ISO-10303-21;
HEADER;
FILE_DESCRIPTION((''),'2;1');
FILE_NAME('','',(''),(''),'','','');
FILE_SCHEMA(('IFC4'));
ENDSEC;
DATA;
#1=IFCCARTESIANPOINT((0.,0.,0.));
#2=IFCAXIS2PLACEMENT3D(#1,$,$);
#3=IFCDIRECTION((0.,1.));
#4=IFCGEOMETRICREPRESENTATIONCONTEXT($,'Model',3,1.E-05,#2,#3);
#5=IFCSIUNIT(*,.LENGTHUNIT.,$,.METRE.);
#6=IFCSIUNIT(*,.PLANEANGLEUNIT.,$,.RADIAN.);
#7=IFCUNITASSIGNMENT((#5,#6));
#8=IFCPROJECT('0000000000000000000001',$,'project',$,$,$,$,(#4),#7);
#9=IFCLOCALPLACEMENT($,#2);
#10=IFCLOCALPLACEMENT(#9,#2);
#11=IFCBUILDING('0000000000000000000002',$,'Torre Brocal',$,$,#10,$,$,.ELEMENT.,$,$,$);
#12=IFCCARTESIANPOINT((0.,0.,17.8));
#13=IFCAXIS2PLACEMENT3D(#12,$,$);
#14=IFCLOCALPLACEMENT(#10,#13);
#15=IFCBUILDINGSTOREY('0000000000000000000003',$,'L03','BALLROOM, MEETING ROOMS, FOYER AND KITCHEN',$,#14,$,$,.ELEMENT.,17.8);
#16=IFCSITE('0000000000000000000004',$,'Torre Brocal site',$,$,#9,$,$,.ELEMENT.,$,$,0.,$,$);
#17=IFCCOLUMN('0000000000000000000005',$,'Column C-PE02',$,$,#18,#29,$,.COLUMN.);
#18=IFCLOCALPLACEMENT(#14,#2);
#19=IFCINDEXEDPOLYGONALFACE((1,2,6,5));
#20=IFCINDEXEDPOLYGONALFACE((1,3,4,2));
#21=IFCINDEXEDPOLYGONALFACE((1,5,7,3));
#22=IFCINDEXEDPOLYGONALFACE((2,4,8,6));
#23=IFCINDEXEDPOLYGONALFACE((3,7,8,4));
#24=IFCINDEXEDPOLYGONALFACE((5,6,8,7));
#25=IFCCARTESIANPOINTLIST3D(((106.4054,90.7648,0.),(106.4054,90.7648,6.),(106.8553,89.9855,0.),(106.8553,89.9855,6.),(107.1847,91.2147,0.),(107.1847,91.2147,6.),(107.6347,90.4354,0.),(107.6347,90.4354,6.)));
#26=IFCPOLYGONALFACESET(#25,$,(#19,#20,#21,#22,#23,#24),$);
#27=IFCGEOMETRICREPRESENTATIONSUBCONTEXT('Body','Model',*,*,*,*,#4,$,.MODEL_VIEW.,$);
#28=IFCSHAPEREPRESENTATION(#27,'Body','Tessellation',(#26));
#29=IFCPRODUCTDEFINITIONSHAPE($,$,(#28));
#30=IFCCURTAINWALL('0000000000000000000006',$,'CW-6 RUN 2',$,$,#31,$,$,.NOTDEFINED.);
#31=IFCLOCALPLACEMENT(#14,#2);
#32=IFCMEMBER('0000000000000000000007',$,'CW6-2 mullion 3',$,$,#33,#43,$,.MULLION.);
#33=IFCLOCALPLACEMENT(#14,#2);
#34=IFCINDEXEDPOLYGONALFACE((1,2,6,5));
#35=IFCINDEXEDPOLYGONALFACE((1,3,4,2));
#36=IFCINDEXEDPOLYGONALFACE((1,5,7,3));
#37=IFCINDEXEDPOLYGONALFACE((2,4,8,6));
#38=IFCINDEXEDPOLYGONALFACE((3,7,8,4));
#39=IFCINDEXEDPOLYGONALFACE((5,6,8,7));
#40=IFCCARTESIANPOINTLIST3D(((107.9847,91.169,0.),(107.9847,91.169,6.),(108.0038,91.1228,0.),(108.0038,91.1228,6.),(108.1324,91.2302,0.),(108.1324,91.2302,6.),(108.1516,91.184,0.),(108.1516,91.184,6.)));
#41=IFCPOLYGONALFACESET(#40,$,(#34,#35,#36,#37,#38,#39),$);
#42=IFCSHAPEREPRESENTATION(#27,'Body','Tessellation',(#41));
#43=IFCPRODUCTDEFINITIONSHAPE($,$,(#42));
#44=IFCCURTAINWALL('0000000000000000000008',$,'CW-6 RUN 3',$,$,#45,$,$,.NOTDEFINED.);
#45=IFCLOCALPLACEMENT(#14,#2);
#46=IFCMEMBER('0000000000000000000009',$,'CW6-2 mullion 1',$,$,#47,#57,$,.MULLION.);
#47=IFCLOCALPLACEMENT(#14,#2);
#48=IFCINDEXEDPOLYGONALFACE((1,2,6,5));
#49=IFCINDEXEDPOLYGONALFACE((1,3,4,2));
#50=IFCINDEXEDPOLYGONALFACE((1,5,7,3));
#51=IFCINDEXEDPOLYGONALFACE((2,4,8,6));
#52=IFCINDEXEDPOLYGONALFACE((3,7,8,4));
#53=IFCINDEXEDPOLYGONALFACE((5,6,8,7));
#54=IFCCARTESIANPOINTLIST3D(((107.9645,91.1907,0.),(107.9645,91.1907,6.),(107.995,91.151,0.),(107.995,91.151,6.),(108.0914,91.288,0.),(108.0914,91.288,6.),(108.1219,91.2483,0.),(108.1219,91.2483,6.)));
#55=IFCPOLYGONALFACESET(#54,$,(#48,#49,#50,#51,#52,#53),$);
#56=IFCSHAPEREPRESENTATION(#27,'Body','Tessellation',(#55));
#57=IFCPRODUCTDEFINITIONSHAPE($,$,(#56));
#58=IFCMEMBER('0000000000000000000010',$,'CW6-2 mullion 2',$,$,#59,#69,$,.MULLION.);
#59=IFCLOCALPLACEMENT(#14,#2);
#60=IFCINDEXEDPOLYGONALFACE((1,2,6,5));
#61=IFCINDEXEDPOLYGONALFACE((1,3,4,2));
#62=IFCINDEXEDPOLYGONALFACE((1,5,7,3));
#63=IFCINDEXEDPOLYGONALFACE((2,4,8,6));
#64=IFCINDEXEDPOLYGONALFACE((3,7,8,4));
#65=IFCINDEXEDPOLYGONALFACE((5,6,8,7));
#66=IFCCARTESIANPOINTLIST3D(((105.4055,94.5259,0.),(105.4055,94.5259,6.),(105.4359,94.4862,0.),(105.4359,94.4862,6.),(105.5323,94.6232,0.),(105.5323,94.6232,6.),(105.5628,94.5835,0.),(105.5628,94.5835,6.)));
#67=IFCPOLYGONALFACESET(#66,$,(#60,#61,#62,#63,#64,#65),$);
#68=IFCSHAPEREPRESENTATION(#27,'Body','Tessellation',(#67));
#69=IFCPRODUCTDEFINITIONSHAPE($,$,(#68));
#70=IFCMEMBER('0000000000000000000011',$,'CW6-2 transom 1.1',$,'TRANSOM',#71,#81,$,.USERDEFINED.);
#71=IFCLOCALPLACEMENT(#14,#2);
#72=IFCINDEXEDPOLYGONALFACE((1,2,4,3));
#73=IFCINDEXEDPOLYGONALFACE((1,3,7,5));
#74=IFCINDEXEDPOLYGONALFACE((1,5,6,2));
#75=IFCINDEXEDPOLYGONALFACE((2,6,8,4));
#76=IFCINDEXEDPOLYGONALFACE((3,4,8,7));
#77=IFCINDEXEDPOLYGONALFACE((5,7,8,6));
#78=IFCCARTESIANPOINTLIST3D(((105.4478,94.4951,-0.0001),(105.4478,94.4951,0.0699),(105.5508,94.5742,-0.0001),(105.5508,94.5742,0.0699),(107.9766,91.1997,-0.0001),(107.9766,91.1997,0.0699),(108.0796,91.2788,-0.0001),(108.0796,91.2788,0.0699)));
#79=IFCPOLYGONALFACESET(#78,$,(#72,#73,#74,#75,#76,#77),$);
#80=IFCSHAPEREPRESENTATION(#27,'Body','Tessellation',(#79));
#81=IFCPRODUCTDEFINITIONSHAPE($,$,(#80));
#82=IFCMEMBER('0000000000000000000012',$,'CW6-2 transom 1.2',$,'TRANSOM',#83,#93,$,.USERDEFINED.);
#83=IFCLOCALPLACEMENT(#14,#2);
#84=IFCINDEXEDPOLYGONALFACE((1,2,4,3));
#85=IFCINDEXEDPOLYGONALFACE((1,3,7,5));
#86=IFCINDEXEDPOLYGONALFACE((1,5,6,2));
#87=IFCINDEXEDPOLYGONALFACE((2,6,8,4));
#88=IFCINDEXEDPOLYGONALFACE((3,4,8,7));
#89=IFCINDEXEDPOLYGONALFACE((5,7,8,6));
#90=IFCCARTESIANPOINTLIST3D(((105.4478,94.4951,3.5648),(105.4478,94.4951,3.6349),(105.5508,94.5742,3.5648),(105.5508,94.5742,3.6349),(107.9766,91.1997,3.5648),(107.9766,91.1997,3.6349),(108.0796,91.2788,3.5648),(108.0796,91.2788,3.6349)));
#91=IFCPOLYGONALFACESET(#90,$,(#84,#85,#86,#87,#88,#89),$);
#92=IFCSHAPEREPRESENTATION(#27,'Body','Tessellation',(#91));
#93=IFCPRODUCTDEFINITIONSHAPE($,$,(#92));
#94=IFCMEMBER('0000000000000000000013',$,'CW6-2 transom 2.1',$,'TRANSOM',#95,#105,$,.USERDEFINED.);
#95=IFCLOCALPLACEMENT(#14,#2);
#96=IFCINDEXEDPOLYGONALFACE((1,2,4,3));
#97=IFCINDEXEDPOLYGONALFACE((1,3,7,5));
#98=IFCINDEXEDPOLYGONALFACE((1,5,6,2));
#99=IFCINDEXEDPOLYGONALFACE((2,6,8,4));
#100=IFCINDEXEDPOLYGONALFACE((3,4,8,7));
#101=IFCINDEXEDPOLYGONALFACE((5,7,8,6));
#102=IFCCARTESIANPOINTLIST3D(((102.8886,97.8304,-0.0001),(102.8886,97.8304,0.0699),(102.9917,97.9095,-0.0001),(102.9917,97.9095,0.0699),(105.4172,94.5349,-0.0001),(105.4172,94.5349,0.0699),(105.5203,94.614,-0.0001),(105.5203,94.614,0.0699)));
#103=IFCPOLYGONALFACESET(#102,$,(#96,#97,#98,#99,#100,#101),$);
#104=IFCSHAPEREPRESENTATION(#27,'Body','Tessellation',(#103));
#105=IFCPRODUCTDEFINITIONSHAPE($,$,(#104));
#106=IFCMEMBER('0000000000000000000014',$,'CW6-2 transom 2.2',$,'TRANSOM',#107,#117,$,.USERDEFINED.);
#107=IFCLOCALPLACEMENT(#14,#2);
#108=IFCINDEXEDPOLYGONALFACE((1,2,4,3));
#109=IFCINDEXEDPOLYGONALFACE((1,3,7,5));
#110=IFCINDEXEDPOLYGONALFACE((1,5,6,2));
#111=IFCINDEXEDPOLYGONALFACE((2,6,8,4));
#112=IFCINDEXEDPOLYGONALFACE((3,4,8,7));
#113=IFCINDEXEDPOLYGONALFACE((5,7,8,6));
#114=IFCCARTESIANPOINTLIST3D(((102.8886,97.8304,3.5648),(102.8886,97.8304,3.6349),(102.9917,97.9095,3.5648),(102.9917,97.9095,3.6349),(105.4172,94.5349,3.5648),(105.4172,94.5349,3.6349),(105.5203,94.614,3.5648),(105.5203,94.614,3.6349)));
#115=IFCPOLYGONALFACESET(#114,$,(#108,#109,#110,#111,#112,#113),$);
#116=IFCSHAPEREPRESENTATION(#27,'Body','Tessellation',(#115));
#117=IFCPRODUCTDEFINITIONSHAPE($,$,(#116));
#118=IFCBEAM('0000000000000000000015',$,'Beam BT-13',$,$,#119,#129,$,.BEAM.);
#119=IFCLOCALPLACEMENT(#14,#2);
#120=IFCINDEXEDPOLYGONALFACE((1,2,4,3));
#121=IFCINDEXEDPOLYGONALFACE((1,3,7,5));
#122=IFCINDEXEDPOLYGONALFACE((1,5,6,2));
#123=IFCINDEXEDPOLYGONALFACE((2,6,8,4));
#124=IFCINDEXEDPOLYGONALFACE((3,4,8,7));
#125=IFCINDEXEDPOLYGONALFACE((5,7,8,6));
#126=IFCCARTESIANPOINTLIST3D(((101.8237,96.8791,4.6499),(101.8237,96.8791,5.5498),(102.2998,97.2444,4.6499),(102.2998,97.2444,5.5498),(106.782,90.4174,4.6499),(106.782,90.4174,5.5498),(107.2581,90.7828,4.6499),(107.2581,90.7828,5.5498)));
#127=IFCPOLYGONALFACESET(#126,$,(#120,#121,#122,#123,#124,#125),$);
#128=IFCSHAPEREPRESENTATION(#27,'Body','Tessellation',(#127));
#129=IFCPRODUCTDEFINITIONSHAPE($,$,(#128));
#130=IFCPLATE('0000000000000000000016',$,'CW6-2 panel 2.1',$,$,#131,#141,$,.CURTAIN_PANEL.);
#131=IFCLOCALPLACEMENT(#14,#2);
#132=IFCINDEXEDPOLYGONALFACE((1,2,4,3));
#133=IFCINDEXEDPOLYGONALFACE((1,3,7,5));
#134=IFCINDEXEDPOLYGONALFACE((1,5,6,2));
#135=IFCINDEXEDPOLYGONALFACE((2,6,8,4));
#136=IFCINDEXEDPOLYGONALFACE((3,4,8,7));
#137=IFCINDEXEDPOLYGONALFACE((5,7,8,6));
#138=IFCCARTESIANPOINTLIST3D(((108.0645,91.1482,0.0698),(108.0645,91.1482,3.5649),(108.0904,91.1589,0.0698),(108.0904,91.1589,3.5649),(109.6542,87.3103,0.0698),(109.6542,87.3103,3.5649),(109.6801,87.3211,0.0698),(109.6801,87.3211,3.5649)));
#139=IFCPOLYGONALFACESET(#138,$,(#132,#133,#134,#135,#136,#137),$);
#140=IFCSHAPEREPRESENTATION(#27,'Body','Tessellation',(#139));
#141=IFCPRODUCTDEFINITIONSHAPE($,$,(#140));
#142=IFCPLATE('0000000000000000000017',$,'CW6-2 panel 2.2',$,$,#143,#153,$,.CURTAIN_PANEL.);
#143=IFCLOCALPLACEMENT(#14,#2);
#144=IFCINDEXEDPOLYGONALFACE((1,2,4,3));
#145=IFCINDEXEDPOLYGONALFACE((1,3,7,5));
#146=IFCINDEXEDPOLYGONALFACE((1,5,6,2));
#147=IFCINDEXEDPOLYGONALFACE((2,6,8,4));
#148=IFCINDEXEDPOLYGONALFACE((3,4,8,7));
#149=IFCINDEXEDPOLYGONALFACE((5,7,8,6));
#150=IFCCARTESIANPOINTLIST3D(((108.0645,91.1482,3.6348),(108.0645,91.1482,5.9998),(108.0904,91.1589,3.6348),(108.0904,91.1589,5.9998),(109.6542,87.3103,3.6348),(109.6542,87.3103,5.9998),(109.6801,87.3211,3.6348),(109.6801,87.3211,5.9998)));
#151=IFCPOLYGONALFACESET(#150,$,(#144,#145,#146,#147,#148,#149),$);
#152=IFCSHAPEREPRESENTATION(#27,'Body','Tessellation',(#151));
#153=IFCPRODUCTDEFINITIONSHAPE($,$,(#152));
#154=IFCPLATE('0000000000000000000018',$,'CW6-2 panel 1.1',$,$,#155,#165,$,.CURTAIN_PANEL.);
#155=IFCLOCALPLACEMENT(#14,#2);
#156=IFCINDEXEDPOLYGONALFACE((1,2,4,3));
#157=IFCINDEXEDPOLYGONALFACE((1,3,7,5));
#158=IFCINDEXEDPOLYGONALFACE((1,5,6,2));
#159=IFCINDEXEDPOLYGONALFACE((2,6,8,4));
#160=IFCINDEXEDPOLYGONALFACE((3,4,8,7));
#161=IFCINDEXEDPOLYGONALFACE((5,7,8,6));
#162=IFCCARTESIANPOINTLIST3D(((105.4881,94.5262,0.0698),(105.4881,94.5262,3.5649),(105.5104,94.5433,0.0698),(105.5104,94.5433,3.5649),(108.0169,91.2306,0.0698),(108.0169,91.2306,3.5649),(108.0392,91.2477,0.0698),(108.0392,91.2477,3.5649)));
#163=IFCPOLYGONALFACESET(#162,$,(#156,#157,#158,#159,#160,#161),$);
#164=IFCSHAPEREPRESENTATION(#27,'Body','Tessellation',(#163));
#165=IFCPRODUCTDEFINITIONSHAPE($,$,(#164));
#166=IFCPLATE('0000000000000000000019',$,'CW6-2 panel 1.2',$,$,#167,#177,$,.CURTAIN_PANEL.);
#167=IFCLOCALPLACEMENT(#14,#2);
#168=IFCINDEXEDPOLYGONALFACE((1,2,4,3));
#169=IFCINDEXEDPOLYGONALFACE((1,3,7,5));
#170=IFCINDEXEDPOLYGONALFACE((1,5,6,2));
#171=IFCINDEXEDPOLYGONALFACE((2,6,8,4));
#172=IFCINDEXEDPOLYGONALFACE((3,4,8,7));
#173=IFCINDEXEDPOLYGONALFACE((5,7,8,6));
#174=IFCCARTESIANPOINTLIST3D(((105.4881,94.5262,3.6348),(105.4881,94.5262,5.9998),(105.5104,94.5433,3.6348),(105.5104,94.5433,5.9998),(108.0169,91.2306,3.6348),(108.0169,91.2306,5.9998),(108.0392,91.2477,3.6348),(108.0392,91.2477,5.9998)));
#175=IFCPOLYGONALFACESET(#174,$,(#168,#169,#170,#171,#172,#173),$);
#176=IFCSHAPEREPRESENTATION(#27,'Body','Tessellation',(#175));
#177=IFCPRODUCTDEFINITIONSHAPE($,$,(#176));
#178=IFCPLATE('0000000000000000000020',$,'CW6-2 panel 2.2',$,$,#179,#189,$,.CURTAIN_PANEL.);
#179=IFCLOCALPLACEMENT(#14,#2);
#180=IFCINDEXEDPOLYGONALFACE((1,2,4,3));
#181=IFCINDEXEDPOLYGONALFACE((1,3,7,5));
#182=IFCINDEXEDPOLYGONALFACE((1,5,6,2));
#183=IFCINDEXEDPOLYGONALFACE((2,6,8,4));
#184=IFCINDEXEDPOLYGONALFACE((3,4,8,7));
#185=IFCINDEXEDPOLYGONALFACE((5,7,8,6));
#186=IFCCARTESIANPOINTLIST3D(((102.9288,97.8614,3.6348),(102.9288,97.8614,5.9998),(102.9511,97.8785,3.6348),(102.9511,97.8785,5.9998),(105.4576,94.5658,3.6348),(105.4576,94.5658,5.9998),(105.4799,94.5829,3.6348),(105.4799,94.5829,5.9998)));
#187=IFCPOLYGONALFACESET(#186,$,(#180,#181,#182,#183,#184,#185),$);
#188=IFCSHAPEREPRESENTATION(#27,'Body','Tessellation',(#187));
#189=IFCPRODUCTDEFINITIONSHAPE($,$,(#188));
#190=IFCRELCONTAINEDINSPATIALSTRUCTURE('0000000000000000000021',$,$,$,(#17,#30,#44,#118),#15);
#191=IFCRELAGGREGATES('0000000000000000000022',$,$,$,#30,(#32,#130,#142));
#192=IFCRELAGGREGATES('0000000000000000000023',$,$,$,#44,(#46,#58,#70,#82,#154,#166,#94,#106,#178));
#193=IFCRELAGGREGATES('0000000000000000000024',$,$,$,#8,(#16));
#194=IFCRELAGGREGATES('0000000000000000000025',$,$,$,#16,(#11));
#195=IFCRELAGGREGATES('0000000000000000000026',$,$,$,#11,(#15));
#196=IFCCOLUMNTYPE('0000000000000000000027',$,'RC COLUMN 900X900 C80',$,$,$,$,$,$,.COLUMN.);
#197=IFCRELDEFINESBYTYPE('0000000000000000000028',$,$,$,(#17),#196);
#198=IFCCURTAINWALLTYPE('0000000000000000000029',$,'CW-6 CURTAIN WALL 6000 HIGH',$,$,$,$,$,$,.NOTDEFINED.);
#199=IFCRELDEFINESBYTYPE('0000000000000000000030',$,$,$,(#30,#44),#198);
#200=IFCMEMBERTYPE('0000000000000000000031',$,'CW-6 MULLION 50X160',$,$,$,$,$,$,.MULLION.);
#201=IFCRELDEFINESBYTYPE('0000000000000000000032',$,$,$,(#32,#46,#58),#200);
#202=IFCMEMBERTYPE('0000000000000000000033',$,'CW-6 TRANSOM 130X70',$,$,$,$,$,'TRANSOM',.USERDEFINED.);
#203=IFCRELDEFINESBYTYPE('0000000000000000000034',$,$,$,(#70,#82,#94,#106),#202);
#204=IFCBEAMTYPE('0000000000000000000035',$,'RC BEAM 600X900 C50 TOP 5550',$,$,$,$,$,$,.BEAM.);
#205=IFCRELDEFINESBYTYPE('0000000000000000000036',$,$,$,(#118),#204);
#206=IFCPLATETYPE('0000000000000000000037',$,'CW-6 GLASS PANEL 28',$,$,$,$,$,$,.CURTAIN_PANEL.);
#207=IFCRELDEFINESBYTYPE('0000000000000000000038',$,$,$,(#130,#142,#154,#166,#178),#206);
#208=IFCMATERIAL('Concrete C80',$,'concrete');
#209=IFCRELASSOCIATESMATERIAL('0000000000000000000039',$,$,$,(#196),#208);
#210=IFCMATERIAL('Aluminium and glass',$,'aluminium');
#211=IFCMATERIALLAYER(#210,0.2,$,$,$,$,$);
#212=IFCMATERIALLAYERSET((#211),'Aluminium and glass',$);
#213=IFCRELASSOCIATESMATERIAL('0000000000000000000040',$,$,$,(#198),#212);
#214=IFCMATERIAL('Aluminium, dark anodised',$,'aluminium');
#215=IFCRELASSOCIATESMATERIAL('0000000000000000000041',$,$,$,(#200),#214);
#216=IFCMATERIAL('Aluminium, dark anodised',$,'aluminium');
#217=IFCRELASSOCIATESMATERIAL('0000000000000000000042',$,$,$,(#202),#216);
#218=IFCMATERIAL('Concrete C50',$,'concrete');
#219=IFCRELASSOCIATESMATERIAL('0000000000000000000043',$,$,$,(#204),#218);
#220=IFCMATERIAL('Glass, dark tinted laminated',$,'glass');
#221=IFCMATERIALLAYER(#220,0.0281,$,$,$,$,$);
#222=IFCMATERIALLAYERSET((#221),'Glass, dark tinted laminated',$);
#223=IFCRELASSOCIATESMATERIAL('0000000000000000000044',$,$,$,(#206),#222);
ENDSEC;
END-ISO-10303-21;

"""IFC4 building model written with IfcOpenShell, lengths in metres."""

from ifc_helpers import new_model, si_unit, direction, frame, origin, origin_2d, place, context, subcontext, project, spatial, rectangle, extrude, material, layer, layer_set, material_profile, profile_set, type_object, element, aggregate, save


model = new_model("IFC4")

# Units and contexts
model_context = context("Model", 3, precision=1e-05, world=origin(), true_north=direction((0.0, 1.0)))
body_context = subcontext(model_context, "Body", "Model", "MODEL_VIEW")
ifc_project = project(units=[si_unit("LENGTHUNIT", "METRE"), si_unit("PLANEANGLEUNIT", "RADIAN")], contexts=[model_context])

# Site, building, storey
site_placement = place(None, origin())
site = spatial("IfcSite", under=ifc_project, at=site_placement, Name="Torre Brocal site", CompositionType="ELEMENT", RefElevation=0.0)
building_placement = place(site_placement, origin())
building = spatial("IfcBuilding", under=site, at=building_placement, Name="Torre Brocal", CompositionType="ELEMENT")
storey_placement = place(building_placement, frame((0.0, 0.0, 17.8)))
storey = spatial("IfcBuildingStorey", under=building, at=storey_placement, Name="L03", Description="BALLROOM, MEETING ROOMS, FOYER AND KITCHEN", CompositionType="ELEMENT", Elevation=17.8)

# Column
ifc_material_1 = material(Name="Concrete C80", Category="concrete")
ifc_material_profile_1 = material_profile(ifc_material_1, rectangle(XDim=0.8999, YDim=0.8999, at=origin_2d()), Name="RC 900X900")
ifc_profile_set_1 = profile_set([ifc_material_profile_1], Name="Concrete C80")
column_type = type_object("IfcColumnType", Name="RC COLUMN 900X900 C80", PredefinedType="COLUMN", material=ifc_profile_set_1)
column_placement = place(storey_placement, frame((107.02, 90.6001, 0.0), z_axis=(0.0, 0.0, 1.0), x_axis=(0.866025, 0.5, 0.0)))
element("IfcColumn", 1, at=column_placement, inside=storey, type_object=column_type, Name="Column C-PE02", PredefinedType="COLUMN", context=body_context, shape_type="SweptSolid", body=[
    extrude(rectangle(XDim=0.8999, YDim=0.8999, at=origin_2d()), origin(), (0.0, 0.0, 1.0), 6.0),
])

# Curtain wall, member
ifc_material_2 = material(Name="Aluminium and glass", Category="aluminium")
ifc_layer_1 = layer(ifc_material_2, 0.2)
ifc_layer_set_1 = layer_set([ifc_layer_1], Name="Aluminium and glass")
curtain_wall_type = type_object("IfcCurtainWallType", Name="CW-6 CURTAIN WALL 6000 HIGH", PredefinedType="NOTDEFINED", material=ifc_layer_set_1)
curtain_wall_1_placement = place(storey_placement, origin())
curtain_wall_1 = element("IfcCurtainWall", 2, at=curtain_wall_1_placement, inside=storey, type_object=curtain_wall_type, Name="CW-6 RUN 2", PredefinedType="NOTDEFINED")
ifc_material_3 = material(Name="Aluminium, dark anodised", Category="aluminium")
ifc_material_profile_2 = material_profile(ifc_material_3, rectangle(XDim=0.1599, YDim=0.05, at=origin_2d()), Name="CW-6 MULLION 50X160")
ifc_profile_set_2 = profile_set([ifc_material_profile_2], Name="Aluminium, dark anodised")
member_type_1 = type_object("IfcMemberType", Name="CW-6 MULLION 50X160", PredefinedType="MULLION", material=ifc_profile_set_2)
member_1_placement = place(storey_placement, frame((108.0681, 91.1765, 0.0), z_axis=(0.0, 0.0, 1.0), x_axis=(-0.92388, -0.382683, 0.0)))
member_1 = element("IfcMember", 3, at=member_1_placement, type_object=member_type_1, Name="CW6-2 mullion 3", PredefinedType="MULLION", context=body_context, shape_type="SweptSolid", body=[
    extrude(rectangle(XDim=0.1599, YDim=0.05, at=origin_2d()), origin(), (0.0, 0.0, 1.0), 6.0),
])

# Curtain wall, members
curtain_wall_2_placement = place(storey_placement, origin())
curtain_wall_2 = element("IfcCurtainWall", 4, at=curtain_wall_2_placement, inside=storey, type_object=curtain_wall_type, Name="CW-6 RUN 3", PredefinedType="NOTDEFINED")
member_2_placement = place(storey_placement, frame((108.0432, 91.2195, 0.0), z_axis=(0.0, 0.0, 1.0), x_axis=(-0.793353, -0.608761, 0.0)))
member_2 = element("IfcMember", 5, at=member_2_placement, type_object=member_type_1, Name="CW6-2 mullion 1", PredefinedType="MULLION", context=body_context, shape_type="SweptSolid", body=[
    extrude(rectangle(XDim=0.1599, YDim=0.05, at=origin_2d()), origin(), (0.0, 0.0, 1.0), 6.0),
])
member_3_placement = place(storey_placement, frame((105.4841, 94.5547, 0.0), z_axis=(0.0, 0.0, 1.0), x_axis=(-0.793353, -0.608761, 0.0)))
member_3 = element("IfcMember", 6, at=member_3_placement, type_object=member_type_1, Name="CW6-2 mullion 2", PredefinedType="MULLION", context=body_context, shape_type="SweptSolid", body=[
    extrude(rectangle(XDim=0.1599, YDim=0.05, at=origin_2d()), origin(), (0.0, 0.0, 1.0), 6.0),
])
ifc_material_4 = material(Name="Aluminium, dark anodised", Category="aluminium")
ifc_material_profile_3 = material_profile(ifc_material_4, rectangle(XDim=0.1299, YDim=0.0701, at=origin_2d()), Name="CW-6 TRANSOM 130X70")
ifc_profile_set_3 = profile_set([ifc_material_profile_3], Name="Aluminium, dark anodised")
member_type_2 = type_object("IfcMemberType", Name="CW-6 TRANSOM 130X70", ElementType="TRANSOM", PredefinedType="USERDEFINED", material=ifc_profile_set_3)
member_4_placement = place(storey_placement, frame((108.0281, 91.2393, 0.0349), z_axis=(-0.608784, 0.793336, 0.0), x_axis=(-0.793336, -0.608784, 0.0)))
member_4 = element("IfcMember", 7, at=member_4_placement, type_object=member_type_2, Name="CW6-2 transom 1.1", ObjectType="TRANSOM", PredefinedType="USERDEFINED", context=body_context, shape_type="SweptSolid", body=[
    extrude(rectangle(XDim=0.1299, YDim=0.0701, at=origin_2d()), origin(), (0.0, 0.0, 1.0), 4.1538),
])
member_5_placement = place(storey_placement, frame((108.0281, 91.2393, 3.5999), z_axis=(-0.608784, 0.793336, 0.0), x_axis=(-0.793336, -0.608784, 0.0)))
member_5 = element("IfcMember", 8, at=member_5_placement, type_object=member_type_2, Name="CW6-2 transom 1.2", ObjectType="TRANSOM", PredefinedType="USERDEFINED", context=body_context, shape_type="SweptSolid", body=[
    extrude(rectangle(XDim=0.1299, YDim=0.0701, at=origin_2d()), origin(), (0.0, 0.0, 1.0), 4.1538),
])
member_6_placement = place(storey_placement, frame((105.4688, 94.5745, 0.0349), z_axis=(-0.608747, 0.793364, 0.0), x_axis=(-0.793364, -0.608747, 0.0)))
member_6 = element("IfcMember", 9, at=member_6_placement, type_object=member_type_2, Name="CW6-2 transom 2.1", ObjectType="TRANSOM", PredefinedType="USERDEFINED", context=body_context, shape_type="SweptSolid", body=[
    extrude(rectangle(XDim=0.1299, YDim=0.0701, at=origin_2d()), origin(), (0.0, 0.0, 1.0), 4.1538),
])
member_7_placement = place(storey_placement, frame((105.4688, 94.5745, 3.5999), z_axis=(-0.608747, 0.793364, 0.0), x_axis=(-0.793364, -0.608747, 0.0)))
member_7 = element("IfcMember", 10, at=member_7_placement, type_object=member_type_2, Name="CW6-2 transom 2.2", ObjectType="TRANSOM", PredefinedType="USERDEFINED", context=body_context, shape_type="SweptSolid", body=[
    extrude(rectangle(XDim=0.1299, YDim=0.0701, at=origin_2d()), origin(), (0.0, 0.0, 1.0), 4.1538),
])

# Beam
ifc_material_5 = material(Name="Concrete C50", Category="concrete")
ifc_material_profile_4 = material_profile(ifc_material_5, rectangle(XDim=0.6001, YDim=0.8999, at=origin_2d()), Name="RC 600X900")
ifc_profile_set_4 = profile_set([ifc_material_profile_4], Name="Concrete C50")
beam_type = type_object("IfcBeamType", Name="RC BEAM 600X900 C50 TOP 5550", PredefinedType="BEAM", material=ifc_profile_set_4)
beam_placement = place(storey_placement, frame((107.02, 90.6001, 5.0999), z_axis=(-0.608764, 0.793351, 0.0), x_axis=(-0.793351, -0.608764, 0.0)))
element("IfcBeam", 11, at=beam_placement, inside=storey, type_object=beam_type, Name="Beam BT-13", PredefinedType="BEAM", context=body_context, shape_type="SweptSolid", body=[
    extrude(rectangle(XDim=0.6001, YDim=0.8999, at=origin_2d()), origin(), (0.0, 0.0, 1.0), 8.1448),
])

# Plates
ifc_material_6 = material(Name="Glass, dark tinted laminated", Category="glass")
ifc_layer_2 = layer(ifc_material_6, 0.0281)
ifc_layer_set_2 = layer_set([ifc_layer_2], Name="Glass, dark tinted laminated")
plate_type = type_object("IfcPlateType", Name="CW-6 GLASS PANEL 28", PredefinedType="CURTAIN_PANEL", material=ifc_layer_set_2)
plate_1_placement = place(storey_placement, frame((108.8723, 89.2346, 0.0698), z_axis=(0.0, 0.0, 1.0), x_axis=(-0.382683, 0.92388, 0.0)))
plate_1 = element("IfcPlate", 12, at=plate_1_placement, type_object=plate_type, Name="CW6-2 panel 2.1", PredefinedType="CURTAIN_PANEL", context=body_context, shape_type="SweptSolid", body=[
    extrude(rectangle(XDim=4.1541, YDim=0.0281, at=origin_2d()), origin(), (0.0, 0.0, 1.0), 3.4951),
])
plate_2_placement = place(storey_placement, frame((108.8723, 89.2346, 3.6348), z_axis=(0.0, 0.0, 1.0), x_axis=(-0.382683, 0.92388, 0.0)))
plate_2 = element("IfcPlate", 13, at=plate_2_placement, type_object=plate_type, Name="CW6-2 panel 2.2", PredefinedType="CURTAIN_PANEL", context=body_context, shape_type="SweptSolid", body=[
    extrude(rectangle(XDim=4.1541, YDim=0.0281, at=origin_2d()), origin(), (0.0, 0.0, 1.0), 2.365),
])
aggregate(curtain_wall_1, [member_1, plate_1, plate_2])
plate_3_placement = place(storey_placement, frame((106.7637, 92.887, 0.0698), z_axis=(0.0, 0.0, 1.0), x_axis=(-0.608761, 0.793353, 0.0)))
plate_3 = element("IfcPlate", 14, at=plate_3_placement, type_object=plate_type, Name="CW6-2 panel 1.1", PredefinedType="CURTAIN_PANEL", context=body_context, shape_type="SweptSolid", body=[
    extrude(rectangle(XDim=4.1541, YDim=0.0281, at=origin_2d()), origin(), (0.0, 0.0, 1.0), 3.4951),
])
plate_4_placement = place(storey_placement, frame((106.7637, 92.887, 3.6348), z_axis=(0.0, 0.0, 1.0), x_axis=(-0.608761, 0.793353, 0.0)))
plate_4 = element("IfcPlate", 15, at=plate_4_placement, type_object=plate_type, Name="CW6-2 panel 1.2", PredefinedType="CURTAIN_PANEL", context=body_context, shape_type="SweptSolid", body=[
    extrude(rectangle(XDim=4.1541, YDim=0.0281, at=origin_2d()), origin(), (0.0, 0.0, 1.0), 2.365),
])
plate_5_placement = place(storey_placement, frame((104.2043, 96.2222, 3.6348), z_axis=(0.0, 0.0, 1.0), x_axis=(-0.608761, 0.793353, 0.0)))
plate_5 = element("IfcPlate", 16, at=plate_5_placement, type_object=plate_type, Name="CW6-2 panel 2.2", PredefinedType="CURTAIN_PANEL", context=body_context, shape_type="SweptSolid", body=[
    extrude(rectangle(XDim=4.1541, YDim=0.0281, at=origin_2d()), origin(), (0.0, 0.0, 1.0), 2.365),
])
aggregate(curtain_wall_2, [member_2, member_3, member_4, member_5, plate_3, plate_4, member_6, member_7, plate_5])

save(model, "model.ifc")
